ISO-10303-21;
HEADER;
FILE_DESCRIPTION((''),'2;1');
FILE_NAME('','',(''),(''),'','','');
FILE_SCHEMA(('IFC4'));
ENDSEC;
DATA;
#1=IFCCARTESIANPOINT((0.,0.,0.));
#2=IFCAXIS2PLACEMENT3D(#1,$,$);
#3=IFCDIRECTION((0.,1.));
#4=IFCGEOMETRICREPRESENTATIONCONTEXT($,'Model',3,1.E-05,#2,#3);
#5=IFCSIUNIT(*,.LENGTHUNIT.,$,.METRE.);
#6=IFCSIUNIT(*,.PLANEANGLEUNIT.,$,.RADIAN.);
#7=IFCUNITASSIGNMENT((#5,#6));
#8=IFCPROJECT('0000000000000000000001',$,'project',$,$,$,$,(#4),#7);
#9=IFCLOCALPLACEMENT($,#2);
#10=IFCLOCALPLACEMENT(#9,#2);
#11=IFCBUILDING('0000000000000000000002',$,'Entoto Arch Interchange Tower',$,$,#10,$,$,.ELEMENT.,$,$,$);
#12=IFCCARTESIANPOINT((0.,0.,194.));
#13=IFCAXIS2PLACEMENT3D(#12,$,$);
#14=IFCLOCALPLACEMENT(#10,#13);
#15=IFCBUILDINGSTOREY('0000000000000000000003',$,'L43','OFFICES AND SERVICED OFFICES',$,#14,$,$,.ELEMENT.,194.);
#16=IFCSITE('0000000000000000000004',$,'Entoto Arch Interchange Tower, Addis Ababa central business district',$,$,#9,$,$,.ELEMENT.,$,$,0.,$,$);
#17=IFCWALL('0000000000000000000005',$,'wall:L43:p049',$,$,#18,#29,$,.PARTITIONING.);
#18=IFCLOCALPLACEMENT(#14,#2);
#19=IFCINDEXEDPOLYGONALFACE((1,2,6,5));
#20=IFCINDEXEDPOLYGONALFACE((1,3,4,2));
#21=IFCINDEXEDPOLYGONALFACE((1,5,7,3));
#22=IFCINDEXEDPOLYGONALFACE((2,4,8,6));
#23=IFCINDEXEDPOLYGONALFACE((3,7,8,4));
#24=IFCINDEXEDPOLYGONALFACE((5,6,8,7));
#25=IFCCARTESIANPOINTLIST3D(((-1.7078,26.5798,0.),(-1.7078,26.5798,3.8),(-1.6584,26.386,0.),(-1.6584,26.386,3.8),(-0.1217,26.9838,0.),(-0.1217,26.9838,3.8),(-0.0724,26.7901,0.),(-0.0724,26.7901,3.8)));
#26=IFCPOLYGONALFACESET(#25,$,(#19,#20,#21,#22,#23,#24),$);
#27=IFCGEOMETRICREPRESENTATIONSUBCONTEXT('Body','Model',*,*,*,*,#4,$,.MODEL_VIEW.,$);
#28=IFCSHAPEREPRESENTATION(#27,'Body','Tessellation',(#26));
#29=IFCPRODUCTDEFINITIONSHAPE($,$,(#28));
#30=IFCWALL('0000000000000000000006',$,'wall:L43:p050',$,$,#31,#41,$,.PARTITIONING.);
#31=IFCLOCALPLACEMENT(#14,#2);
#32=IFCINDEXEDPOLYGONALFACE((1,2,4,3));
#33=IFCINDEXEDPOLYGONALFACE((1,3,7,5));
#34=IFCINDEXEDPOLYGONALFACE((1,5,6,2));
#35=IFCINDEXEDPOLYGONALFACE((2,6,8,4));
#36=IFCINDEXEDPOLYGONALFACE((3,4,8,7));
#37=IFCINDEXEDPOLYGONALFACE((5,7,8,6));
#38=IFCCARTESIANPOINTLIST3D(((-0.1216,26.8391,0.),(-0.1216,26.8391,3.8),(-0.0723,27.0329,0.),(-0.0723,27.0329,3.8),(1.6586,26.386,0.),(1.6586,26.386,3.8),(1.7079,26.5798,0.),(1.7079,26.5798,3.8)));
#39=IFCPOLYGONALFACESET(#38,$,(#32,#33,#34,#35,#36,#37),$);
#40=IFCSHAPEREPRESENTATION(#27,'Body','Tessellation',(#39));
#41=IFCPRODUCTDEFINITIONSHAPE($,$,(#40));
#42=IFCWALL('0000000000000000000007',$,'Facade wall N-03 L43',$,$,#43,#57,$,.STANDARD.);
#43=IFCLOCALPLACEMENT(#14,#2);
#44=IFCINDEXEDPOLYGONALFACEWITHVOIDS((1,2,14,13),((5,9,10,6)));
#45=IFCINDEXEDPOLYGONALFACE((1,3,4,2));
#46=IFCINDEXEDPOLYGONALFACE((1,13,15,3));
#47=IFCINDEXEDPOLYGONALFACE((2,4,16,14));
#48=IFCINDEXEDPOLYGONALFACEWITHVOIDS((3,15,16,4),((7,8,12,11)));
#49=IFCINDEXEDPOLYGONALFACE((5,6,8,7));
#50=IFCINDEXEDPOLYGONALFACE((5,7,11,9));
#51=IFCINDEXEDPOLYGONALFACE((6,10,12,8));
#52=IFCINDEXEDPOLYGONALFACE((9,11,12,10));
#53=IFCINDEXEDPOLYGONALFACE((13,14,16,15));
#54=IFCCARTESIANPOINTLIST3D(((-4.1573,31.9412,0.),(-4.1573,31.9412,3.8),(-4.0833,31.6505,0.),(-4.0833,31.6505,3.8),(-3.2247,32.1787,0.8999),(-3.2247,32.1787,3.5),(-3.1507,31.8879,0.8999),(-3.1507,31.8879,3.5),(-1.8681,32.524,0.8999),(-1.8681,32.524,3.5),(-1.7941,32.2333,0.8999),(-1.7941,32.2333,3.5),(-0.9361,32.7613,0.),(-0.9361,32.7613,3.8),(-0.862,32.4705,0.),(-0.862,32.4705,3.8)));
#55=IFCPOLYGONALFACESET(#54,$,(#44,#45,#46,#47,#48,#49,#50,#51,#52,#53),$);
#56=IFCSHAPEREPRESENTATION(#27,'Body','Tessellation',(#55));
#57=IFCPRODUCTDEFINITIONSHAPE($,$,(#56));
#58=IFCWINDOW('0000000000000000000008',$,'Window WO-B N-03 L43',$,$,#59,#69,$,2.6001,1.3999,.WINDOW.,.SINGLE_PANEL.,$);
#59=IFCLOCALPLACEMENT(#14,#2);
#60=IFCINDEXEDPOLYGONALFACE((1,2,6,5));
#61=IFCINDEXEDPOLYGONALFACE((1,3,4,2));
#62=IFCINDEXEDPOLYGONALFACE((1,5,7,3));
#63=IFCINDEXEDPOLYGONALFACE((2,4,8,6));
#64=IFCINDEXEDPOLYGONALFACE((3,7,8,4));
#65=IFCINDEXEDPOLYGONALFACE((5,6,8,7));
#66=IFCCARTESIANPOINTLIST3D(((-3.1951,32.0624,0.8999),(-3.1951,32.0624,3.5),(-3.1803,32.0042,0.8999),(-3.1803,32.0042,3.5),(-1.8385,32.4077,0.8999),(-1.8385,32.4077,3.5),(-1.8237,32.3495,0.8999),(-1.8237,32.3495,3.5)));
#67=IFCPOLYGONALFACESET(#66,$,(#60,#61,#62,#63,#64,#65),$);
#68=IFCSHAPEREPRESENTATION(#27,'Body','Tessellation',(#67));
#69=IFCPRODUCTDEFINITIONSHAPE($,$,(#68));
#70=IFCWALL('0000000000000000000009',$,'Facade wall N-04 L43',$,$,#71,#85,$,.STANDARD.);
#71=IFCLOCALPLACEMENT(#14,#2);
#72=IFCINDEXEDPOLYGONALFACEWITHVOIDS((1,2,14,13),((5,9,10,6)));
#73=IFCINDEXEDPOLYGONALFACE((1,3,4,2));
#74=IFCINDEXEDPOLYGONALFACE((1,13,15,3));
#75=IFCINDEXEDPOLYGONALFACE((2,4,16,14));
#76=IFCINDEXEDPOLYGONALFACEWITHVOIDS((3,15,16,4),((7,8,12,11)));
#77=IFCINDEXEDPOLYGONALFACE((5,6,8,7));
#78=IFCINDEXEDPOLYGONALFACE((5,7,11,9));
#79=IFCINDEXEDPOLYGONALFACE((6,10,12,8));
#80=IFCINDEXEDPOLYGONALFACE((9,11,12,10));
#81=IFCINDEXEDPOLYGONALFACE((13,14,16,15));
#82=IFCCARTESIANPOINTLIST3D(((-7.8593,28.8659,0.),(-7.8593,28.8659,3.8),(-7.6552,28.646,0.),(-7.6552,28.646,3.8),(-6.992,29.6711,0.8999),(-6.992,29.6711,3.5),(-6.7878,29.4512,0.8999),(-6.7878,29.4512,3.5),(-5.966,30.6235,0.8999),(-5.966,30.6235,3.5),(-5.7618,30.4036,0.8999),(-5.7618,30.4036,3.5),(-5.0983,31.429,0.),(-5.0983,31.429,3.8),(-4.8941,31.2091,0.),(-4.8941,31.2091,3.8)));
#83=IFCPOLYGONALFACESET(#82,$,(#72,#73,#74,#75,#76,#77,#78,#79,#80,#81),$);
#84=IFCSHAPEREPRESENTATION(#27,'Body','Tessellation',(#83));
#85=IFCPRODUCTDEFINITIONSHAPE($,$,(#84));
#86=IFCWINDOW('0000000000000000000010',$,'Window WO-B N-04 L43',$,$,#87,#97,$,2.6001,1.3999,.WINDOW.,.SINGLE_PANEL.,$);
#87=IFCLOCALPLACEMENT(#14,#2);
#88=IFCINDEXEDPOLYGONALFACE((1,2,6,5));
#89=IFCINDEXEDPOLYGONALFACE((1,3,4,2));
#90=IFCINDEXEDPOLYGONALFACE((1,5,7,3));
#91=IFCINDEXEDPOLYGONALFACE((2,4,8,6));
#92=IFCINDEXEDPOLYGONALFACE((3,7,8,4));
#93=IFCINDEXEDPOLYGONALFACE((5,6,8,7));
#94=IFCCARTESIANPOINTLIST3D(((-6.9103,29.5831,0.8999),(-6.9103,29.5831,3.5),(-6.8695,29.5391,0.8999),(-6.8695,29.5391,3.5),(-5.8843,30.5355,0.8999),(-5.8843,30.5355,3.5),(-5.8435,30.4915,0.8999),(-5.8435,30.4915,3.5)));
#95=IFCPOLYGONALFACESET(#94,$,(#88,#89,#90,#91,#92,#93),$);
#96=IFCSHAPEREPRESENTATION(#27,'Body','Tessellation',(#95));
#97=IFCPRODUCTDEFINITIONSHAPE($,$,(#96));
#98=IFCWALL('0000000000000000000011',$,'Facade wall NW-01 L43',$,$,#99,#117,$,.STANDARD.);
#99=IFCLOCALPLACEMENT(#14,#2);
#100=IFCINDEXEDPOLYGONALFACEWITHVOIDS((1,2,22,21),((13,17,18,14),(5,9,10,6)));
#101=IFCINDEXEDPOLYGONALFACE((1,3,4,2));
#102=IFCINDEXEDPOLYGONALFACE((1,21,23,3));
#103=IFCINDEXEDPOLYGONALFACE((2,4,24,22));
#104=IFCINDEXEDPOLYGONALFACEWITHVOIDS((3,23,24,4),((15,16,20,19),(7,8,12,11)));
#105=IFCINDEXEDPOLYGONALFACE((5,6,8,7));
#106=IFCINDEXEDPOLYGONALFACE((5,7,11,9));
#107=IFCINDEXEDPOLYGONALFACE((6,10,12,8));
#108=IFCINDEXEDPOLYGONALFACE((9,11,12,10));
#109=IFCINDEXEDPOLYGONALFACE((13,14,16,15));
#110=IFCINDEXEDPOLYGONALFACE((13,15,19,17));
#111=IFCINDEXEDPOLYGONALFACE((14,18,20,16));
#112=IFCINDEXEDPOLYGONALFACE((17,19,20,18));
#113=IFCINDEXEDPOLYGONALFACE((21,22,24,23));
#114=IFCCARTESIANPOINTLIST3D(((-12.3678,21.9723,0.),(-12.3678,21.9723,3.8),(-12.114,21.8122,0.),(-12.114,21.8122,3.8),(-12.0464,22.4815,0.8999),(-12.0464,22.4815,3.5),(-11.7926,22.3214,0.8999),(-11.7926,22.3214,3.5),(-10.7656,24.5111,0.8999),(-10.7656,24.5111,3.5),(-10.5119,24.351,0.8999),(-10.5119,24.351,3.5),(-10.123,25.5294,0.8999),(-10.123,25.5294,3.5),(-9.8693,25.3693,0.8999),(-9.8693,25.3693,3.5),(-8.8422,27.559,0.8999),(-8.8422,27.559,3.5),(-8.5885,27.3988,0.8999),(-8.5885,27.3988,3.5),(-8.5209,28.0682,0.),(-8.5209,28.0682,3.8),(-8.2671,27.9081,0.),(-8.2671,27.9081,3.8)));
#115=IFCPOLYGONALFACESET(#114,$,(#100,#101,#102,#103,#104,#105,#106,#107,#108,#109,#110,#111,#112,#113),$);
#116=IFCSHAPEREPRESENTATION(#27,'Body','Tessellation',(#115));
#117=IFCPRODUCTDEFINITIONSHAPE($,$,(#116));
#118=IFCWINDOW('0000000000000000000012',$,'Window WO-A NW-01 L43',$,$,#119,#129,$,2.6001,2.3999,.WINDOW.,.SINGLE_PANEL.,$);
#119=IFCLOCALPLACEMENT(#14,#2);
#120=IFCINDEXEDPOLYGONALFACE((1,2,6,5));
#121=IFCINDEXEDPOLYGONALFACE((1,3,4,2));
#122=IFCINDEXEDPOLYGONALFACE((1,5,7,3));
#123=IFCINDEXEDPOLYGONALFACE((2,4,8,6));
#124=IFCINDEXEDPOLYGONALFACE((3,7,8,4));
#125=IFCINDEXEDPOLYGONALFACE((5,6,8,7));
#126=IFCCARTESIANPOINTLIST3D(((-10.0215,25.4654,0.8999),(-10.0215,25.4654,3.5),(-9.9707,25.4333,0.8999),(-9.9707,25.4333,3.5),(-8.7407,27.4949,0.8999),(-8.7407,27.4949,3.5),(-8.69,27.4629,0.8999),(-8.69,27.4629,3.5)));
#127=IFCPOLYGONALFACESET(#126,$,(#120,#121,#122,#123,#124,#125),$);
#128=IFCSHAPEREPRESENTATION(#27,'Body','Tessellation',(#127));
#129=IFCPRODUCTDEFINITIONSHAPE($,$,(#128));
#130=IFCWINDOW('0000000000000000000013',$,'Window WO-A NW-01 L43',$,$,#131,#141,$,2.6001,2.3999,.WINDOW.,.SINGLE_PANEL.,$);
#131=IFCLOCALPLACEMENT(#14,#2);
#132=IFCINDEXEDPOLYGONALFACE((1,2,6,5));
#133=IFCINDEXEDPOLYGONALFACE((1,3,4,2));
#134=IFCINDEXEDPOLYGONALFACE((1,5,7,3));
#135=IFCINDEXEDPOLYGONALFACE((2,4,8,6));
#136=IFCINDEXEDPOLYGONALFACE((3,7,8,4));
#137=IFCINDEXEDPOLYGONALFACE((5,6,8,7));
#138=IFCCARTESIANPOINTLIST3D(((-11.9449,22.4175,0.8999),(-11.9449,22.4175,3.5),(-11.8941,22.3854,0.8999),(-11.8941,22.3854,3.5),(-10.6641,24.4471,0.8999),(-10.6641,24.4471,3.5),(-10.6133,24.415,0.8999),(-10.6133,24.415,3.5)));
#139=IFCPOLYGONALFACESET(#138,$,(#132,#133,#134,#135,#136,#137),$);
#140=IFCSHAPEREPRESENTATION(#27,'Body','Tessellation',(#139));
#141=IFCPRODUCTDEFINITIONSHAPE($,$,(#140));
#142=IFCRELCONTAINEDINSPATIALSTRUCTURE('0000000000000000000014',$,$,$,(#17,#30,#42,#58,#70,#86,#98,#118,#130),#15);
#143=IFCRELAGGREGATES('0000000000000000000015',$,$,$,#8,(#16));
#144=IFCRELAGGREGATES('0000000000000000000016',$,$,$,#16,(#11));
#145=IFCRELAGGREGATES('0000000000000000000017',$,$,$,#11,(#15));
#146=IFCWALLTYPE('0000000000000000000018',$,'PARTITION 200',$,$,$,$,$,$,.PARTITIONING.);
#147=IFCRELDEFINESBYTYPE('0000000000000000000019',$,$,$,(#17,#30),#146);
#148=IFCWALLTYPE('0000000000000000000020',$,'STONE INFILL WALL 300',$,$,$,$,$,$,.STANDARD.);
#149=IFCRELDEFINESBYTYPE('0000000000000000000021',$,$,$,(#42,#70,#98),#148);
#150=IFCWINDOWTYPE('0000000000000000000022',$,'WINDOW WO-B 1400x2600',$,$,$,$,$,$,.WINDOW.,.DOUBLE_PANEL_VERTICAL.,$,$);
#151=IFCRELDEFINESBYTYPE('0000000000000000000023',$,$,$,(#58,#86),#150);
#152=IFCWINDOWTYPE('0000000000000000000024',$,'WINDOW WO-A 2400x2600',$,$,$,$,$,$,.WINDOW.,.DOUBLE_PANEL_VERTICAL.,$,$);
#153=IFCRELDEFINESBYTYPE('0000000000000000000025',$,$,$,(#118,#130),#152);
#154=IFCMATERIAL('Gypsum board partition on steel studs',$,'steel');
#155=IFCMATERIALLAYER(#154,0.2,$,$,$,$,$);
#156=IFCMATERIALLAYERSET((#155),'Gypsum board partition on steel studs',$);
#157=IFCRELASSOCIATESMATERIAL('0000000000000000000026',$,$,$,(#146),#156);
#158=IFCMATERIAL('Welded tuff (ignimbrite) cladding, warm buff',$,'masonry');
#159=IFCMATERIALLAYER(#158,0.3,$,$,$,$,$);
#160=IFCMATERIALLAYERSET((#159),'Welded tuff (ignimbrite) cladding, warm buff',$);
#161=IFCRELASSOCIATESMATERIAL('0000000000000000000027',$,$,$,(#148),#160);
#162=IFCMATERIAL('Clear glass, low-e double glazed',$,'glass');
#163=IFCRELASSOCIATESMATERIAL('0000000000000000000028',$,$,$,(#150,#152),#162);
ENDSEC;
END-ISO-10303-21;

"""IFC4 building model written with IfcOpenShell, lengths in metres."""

from ifc_helpers import new_model, si_unit, direction, frame, frame_2d, origin, place, context, subcontext, project, spatial, rectangle, extrude, material, layer, layer_set, type_object, element, fill, save


model = new_model("IFC4")

# Units and contexts
model_context = context("Model", 3, precision=1e-05, world=origin(), true_north=direction((0.0, 1.0)))
body_context = subcontext(model_context, "Body", "Model", "MODEL_VIEW")
ifc_project = project(units=[si_unit("LENGTHUNIT", "METRE"), si_unit("PLANEANGLEUNIT", "RADIAN")], contexts=[model_context])

# Site, building, storey
site_placement = place(None, origin())
site = spatial("IfcSite", under=ifc_project, at=site_placement, Name="Entoto Arch Interchange Tower, Addis Ababa central business district", CompositionType="ELEMENT", RefElevation=0.0)
building_placement = place(site_placement, origin())
building = spatial("IfcBuilding", under=site, at=building_placement, Name="Entoto Arch Interchange Tower", CompositionType="ELEMENT")
storey_placement = place(building_placement, frame((0.0, 0.0, 194.0)))
storey = spatial("IfcBuildingStorey", under=building, at=storey_placement, Name="L43", Description="OFFICES AND SERVICED OFFICES", CompositionType="ELEMENT", Elevation=194.0)

# Shared definitions
ifc_material_1 = material(Name="Gypsum board partition on steel studs", Category="steel")
ifc_layer_1 = layer(ifc_material_1, 0.2)
ifc_layer_set_1 = layer_set([ifc_layer_1], Name="Gypsum board partition on steel studs")
wall_type_1 = type_object("IfcWallType", Name="PARTITION 200", PredefinedType="PARTITIONING", material=ifc_layer_set_1)

# Walls
wall_1_placement = place(storey_placement, frame((-1.6831, 26.4829, 0.0), z_axis=(0.0, 0.0, 1.0), x_axis=(0.969054, 0.24685, 0.0)))
element("IfcWall", 1, at=wall_1_placement, inside=storey, type_object=wall_type_1, Name="wall:L43:p049", PredefinedType="PARTITIONING", context=body_context, shape_type="SweptSolid", body=[
    extrude(rectangle(XDim=1.6367, YDim=0.2, at=frame_2d((0.8184, 0.0))), origin(), (0.0, 0.0, 1.0), 3.8),
])
wall_2_placement = place(storey_placement, frame((-0.0969, 26.936, 0.0), z_axis=(0.0, 0.0, 1.0), x_axis=(0.969094, -0.246693, 0.0)))
element("IfcWall", 2, at=wall_2_placement, inside=storey, type_object=wall_type_1, Name="wall:L43:p050", PredefinedType="PARTITIONING", context=body_context, shape_type="SweptSolid", body=[
    extrude(rectangle(XDim=1.8369, YDim=0.2, at=frame_2d((0.9185, 0.0))), origin(), (0.0, 0.0, 1.0), 3.8),
])

# Walls, openings, windows
ifc_material_2 = material(Name="Welded tuff (ignimbrite) cladding, warm buff", Category="masonry")
ifc_layer_2 = layer(ifc_material_2, 0.3)
ifc_layer_set_2 = layer_set([ifc_layer_2], Name="Welded tuff (ignimbrite) cladding, warm buff")
wall_type_2 = type_object("IfcWallType", Name="STONE INFILL WALL 300", PredefinedType="STANDARD", material=ifc_layer_set_2)
wall_3_placement = place(storey_placement, frame((-0.8989, 32.616, 0.0), z_axis=(0.0, 0.0, 1.0), x_axis=(-0.969088, -0.246716, 0.0)))
wall_3 = element("IfcWall", 3, at=wall_3_placement, inside=storey, type_object=wall_type_2, Name="Facade wall N-03 L43", PredefinedType="STANDARD", context=body_context, shape_type="SweptSolid", body=[
    extrude(rectangle(XDim=3.324, YDim=0.3, at=frame_2d((1.6621, 0.0))), origin(), (0.0, 0.0, 1.0), 3.8),
])
opening_1_placement = place(wall_3_placement, frame((0.9619, 0.0, 0.8999)))
opening_1 = element("IfcOpeningElement", 4, at=opening_1_placement, cuts=wall_3, PredefinedType="OPENING", context=body_context, shape_type="SweptSolid", body=[
    extrude(rectangle(XDim=1.3999, YDim=2.6001, at=frame_2d((0.7, 1.3))), frame((0.0, 0.1602, 0.0), z_axis=(0.0, -1.0, 0.0), x_axis=(1.0, 0.0, 0.0)), (0.0, 0.0, 1.0), 0.3201),
])
ifc_material_3 = material(Name="Clear glass, low-e double glazed", Category="glass")
window_type_1 = type_object("IfcWindowType", Name="WINDOW WO-B 1400x2600", PartitioningType="DOUBLE_PANEL_VERTICAL", PredefinedType="WINDOW", material=ifc_material_3)
window_1_placement = place(opening_1_placement, origin())
window_1 = element("IfcWindow", 5, at=window_1_placement, inside=storey, type_object=window_type_1, Name="Window WO-B N-03 L43", OverallHeight=2.6001, OverallWidth=1.3999, PartitioningType="SINGLE_PANEL", PredefinedType="WINDOW", context=body_context, shape_type="SweptSolid", body=[
    extrude(rectangle(XDim=1.3999, YDim=2.6001, at=frame_2d((0.7, 1.3))), frame((0.0, 0.03, 0.0), z_axis=(0.0, -1.0, 0.0), x_axis=(1.0, 0.0, 0.0)), (0.0, 0.0, 1.0), 0.0601),
])
fill(opening_1, window_1)
wall_4_placement = place(storey_placement, frame((-4.9961, 31.3191, 0.0), z_axis=(0.0, 0.0, 1.0), x_axis=(-0.732897, -0.680339, 0.0)))
wall_4 = element("IfcWall", 6, at=wall_4_placement, inside=storey, type_object=wall_type_2, Name="Facade wall N-04 L43", PredefinedType="STANDARD", context=body_context, shape_type="SweptSolid", body=[
    extrude(rectangle(XDim=3.7673, YDim=0.3, at=frame_2d((1.8838, 0.0))), origin(), (0.0, 0.0, 1.0), 3.8),
])
opening_2_placement = place(wall_4_placement, frame((1.1841, 0.0, 0.8999)))
opening_2 = element("IfcOpeningElement", 7, at=opening_2_placement, cuts=wall_4, PredefinedType="OPENING", context=body_context, shape_type="SweptSolid", body=[
    extrude(rectangle(XDim=1.3999, YDim=2.6001, at=frame_2d((0.7, 1.3))), frame((0.0, 0.1602, 0.0), z_axis=(0.0, -1.0, 0.0), x_axis=(1.0, 0.0, 0.0)), (0.0, 0.0, 1.0), 0.3201),
])
window_2_placement = place(opening_2_placement, origin())
window_2 = element("IfcWindow", 8, at=window_2_placement, inside=storey, type_object=window_type_1, Name="Window WO-B N-04 L43", OverallHeight=2.6001, OverallWidth=1.3999, PartitioningType="SINGLE_PANEL", PredefinedType="WINDOW", context=body_context, shape_type="SweptSolid", body=[
    extrude(rectangle(XDim=1.3999, YDim=2.6001, at=frame_2d((0.7, 1.3))), frame((0.0, 0.03, 0.0), z_axis=(0.0, -1.0, 0.0), x_axis=(1.0, 0.0, 0.0)), (0.0, 0.0, 1.0), 0.0601),
])
fill(opening_2, window_2)

# Wall, openings, windows
wall_5_placement = place(storey_placement, frame((-8.394, 27.988, 0.0), z_axis=(0.0, 0.0, 1.0), x_axis=(-0.533681, -0.845686, 0.0)))
wall_5 = element("IfcWall", 9, at=wall_5_placement, inside=storey, type_object=wall_type_2, Name="Facade wall NW-01 L43", PredefinedType="STANDARD", context=body_context, shape_type="SweptSolid", body=[
    extrude(rectangle(XDim=7.2083, YDim=0.3, at=frame_2d((3.604, 0.0))), origin(), (0.0, 0.0, 1.0), 3.8),
])
opening_3_placement = place(wall_5_placement, frame((0.6021, 0.0, 0.8999)))
opening_3 = element("IfcOpeningElement", 10, at=opening_3_placement, cuts=wall_5, PredefinedType="OPENING", context=body_context, shape_type="SweptSolid", body=[
    extrude(rectangle(XDim=2.3999, YDim=2.6001, at=frame_2d((1.2, 1.3))), frame((0.0, 0.1602, 0.0), z_axis=(0.0, -1.0, 0.0), x_axis=(1.0, 0.0, 0.0)), (0.0, 0.0, 1.0), 0.3201),
])
opening_4_placement = place(wall_5_placement, frame((4.2061, 0.0, 0.8999)))
opening_4 = element("IfcOpeningElement", 11, at=opening_4_placement, cuts=wall_5, PredefinedType="OPENING", context=body_context, shape_type="SweptSolid", body=[
    extrude(rectangle(XDim=2.3999, YDim=2.6001, at=frame_2d((1.2, 1.3))), frame((0.0, 0.1602, 0.0), z_axis=(0.0, -1.0, 0.0), x_axis=(1.0, 0.0, 0.0)), (0.0, 0.0, 1.0), 0.3201),
])
window_type_2 = type_object("IfcWindowType", Name="WINDOW WO-A 2400x2600", PartitioningType="DOUBLE_PANEL_VERTICAL", PredefinedType="WINDOW", material=ifc_material_3)
window_3_placement = place(opening_3_placement, origin())
window_3 = element("IfcWindow", 12, at=window_3_placement, inside=storey, type_object=window_type_2, Name="Window WO-A NW-01 L43", OverallHeight=2.6001, OverallWidth=2.3999, PartitioningType="SINGLE_PANEL", PredefinedType="WINDOW", context=body_context, shape_type="SweptSolid", body=[
    extrude(rectangle(XDim=2.3999, YDim=2.6001, at=frame_2d((1.2, 1.3))), frame((0.0, 0.03, 0.0), z_axis=(0.0, -1.0, 0.0), x_axis=(1.0, 0.0, 0.0)), (0.0, 0.0, 1.0), 0.0601),
])
fill(opening_3, window_3)
window_4_placement = place(opening_4_placement, origin())
window_4 = element("IfcWindow", 13, at=window_4_placement, inside=storey, type_object=window_type_2, Name="Window WO-A NW-01 L43", OverallHeight=2.6001, OverallWidth=2.3999, PartitioningType="SINGLE_PANEL", PredefinedType="WINDOW", context=body_context, shape_type="SweptSolid", body=[
    extrude(rectangle(XDim=2.3999, YDim=2.6001, at=frame_2d((1.2, 1.3))), frame((0.0, 0.03, 0.0), z_axis=(0.0, -1.0, 0.0), x_axis=(1.0, 0.0, 0.0)), (0.0, 0.0, 1.0), 0.0601),
])
fill(opening_4, window_4)

save(model, "model.ifc")
